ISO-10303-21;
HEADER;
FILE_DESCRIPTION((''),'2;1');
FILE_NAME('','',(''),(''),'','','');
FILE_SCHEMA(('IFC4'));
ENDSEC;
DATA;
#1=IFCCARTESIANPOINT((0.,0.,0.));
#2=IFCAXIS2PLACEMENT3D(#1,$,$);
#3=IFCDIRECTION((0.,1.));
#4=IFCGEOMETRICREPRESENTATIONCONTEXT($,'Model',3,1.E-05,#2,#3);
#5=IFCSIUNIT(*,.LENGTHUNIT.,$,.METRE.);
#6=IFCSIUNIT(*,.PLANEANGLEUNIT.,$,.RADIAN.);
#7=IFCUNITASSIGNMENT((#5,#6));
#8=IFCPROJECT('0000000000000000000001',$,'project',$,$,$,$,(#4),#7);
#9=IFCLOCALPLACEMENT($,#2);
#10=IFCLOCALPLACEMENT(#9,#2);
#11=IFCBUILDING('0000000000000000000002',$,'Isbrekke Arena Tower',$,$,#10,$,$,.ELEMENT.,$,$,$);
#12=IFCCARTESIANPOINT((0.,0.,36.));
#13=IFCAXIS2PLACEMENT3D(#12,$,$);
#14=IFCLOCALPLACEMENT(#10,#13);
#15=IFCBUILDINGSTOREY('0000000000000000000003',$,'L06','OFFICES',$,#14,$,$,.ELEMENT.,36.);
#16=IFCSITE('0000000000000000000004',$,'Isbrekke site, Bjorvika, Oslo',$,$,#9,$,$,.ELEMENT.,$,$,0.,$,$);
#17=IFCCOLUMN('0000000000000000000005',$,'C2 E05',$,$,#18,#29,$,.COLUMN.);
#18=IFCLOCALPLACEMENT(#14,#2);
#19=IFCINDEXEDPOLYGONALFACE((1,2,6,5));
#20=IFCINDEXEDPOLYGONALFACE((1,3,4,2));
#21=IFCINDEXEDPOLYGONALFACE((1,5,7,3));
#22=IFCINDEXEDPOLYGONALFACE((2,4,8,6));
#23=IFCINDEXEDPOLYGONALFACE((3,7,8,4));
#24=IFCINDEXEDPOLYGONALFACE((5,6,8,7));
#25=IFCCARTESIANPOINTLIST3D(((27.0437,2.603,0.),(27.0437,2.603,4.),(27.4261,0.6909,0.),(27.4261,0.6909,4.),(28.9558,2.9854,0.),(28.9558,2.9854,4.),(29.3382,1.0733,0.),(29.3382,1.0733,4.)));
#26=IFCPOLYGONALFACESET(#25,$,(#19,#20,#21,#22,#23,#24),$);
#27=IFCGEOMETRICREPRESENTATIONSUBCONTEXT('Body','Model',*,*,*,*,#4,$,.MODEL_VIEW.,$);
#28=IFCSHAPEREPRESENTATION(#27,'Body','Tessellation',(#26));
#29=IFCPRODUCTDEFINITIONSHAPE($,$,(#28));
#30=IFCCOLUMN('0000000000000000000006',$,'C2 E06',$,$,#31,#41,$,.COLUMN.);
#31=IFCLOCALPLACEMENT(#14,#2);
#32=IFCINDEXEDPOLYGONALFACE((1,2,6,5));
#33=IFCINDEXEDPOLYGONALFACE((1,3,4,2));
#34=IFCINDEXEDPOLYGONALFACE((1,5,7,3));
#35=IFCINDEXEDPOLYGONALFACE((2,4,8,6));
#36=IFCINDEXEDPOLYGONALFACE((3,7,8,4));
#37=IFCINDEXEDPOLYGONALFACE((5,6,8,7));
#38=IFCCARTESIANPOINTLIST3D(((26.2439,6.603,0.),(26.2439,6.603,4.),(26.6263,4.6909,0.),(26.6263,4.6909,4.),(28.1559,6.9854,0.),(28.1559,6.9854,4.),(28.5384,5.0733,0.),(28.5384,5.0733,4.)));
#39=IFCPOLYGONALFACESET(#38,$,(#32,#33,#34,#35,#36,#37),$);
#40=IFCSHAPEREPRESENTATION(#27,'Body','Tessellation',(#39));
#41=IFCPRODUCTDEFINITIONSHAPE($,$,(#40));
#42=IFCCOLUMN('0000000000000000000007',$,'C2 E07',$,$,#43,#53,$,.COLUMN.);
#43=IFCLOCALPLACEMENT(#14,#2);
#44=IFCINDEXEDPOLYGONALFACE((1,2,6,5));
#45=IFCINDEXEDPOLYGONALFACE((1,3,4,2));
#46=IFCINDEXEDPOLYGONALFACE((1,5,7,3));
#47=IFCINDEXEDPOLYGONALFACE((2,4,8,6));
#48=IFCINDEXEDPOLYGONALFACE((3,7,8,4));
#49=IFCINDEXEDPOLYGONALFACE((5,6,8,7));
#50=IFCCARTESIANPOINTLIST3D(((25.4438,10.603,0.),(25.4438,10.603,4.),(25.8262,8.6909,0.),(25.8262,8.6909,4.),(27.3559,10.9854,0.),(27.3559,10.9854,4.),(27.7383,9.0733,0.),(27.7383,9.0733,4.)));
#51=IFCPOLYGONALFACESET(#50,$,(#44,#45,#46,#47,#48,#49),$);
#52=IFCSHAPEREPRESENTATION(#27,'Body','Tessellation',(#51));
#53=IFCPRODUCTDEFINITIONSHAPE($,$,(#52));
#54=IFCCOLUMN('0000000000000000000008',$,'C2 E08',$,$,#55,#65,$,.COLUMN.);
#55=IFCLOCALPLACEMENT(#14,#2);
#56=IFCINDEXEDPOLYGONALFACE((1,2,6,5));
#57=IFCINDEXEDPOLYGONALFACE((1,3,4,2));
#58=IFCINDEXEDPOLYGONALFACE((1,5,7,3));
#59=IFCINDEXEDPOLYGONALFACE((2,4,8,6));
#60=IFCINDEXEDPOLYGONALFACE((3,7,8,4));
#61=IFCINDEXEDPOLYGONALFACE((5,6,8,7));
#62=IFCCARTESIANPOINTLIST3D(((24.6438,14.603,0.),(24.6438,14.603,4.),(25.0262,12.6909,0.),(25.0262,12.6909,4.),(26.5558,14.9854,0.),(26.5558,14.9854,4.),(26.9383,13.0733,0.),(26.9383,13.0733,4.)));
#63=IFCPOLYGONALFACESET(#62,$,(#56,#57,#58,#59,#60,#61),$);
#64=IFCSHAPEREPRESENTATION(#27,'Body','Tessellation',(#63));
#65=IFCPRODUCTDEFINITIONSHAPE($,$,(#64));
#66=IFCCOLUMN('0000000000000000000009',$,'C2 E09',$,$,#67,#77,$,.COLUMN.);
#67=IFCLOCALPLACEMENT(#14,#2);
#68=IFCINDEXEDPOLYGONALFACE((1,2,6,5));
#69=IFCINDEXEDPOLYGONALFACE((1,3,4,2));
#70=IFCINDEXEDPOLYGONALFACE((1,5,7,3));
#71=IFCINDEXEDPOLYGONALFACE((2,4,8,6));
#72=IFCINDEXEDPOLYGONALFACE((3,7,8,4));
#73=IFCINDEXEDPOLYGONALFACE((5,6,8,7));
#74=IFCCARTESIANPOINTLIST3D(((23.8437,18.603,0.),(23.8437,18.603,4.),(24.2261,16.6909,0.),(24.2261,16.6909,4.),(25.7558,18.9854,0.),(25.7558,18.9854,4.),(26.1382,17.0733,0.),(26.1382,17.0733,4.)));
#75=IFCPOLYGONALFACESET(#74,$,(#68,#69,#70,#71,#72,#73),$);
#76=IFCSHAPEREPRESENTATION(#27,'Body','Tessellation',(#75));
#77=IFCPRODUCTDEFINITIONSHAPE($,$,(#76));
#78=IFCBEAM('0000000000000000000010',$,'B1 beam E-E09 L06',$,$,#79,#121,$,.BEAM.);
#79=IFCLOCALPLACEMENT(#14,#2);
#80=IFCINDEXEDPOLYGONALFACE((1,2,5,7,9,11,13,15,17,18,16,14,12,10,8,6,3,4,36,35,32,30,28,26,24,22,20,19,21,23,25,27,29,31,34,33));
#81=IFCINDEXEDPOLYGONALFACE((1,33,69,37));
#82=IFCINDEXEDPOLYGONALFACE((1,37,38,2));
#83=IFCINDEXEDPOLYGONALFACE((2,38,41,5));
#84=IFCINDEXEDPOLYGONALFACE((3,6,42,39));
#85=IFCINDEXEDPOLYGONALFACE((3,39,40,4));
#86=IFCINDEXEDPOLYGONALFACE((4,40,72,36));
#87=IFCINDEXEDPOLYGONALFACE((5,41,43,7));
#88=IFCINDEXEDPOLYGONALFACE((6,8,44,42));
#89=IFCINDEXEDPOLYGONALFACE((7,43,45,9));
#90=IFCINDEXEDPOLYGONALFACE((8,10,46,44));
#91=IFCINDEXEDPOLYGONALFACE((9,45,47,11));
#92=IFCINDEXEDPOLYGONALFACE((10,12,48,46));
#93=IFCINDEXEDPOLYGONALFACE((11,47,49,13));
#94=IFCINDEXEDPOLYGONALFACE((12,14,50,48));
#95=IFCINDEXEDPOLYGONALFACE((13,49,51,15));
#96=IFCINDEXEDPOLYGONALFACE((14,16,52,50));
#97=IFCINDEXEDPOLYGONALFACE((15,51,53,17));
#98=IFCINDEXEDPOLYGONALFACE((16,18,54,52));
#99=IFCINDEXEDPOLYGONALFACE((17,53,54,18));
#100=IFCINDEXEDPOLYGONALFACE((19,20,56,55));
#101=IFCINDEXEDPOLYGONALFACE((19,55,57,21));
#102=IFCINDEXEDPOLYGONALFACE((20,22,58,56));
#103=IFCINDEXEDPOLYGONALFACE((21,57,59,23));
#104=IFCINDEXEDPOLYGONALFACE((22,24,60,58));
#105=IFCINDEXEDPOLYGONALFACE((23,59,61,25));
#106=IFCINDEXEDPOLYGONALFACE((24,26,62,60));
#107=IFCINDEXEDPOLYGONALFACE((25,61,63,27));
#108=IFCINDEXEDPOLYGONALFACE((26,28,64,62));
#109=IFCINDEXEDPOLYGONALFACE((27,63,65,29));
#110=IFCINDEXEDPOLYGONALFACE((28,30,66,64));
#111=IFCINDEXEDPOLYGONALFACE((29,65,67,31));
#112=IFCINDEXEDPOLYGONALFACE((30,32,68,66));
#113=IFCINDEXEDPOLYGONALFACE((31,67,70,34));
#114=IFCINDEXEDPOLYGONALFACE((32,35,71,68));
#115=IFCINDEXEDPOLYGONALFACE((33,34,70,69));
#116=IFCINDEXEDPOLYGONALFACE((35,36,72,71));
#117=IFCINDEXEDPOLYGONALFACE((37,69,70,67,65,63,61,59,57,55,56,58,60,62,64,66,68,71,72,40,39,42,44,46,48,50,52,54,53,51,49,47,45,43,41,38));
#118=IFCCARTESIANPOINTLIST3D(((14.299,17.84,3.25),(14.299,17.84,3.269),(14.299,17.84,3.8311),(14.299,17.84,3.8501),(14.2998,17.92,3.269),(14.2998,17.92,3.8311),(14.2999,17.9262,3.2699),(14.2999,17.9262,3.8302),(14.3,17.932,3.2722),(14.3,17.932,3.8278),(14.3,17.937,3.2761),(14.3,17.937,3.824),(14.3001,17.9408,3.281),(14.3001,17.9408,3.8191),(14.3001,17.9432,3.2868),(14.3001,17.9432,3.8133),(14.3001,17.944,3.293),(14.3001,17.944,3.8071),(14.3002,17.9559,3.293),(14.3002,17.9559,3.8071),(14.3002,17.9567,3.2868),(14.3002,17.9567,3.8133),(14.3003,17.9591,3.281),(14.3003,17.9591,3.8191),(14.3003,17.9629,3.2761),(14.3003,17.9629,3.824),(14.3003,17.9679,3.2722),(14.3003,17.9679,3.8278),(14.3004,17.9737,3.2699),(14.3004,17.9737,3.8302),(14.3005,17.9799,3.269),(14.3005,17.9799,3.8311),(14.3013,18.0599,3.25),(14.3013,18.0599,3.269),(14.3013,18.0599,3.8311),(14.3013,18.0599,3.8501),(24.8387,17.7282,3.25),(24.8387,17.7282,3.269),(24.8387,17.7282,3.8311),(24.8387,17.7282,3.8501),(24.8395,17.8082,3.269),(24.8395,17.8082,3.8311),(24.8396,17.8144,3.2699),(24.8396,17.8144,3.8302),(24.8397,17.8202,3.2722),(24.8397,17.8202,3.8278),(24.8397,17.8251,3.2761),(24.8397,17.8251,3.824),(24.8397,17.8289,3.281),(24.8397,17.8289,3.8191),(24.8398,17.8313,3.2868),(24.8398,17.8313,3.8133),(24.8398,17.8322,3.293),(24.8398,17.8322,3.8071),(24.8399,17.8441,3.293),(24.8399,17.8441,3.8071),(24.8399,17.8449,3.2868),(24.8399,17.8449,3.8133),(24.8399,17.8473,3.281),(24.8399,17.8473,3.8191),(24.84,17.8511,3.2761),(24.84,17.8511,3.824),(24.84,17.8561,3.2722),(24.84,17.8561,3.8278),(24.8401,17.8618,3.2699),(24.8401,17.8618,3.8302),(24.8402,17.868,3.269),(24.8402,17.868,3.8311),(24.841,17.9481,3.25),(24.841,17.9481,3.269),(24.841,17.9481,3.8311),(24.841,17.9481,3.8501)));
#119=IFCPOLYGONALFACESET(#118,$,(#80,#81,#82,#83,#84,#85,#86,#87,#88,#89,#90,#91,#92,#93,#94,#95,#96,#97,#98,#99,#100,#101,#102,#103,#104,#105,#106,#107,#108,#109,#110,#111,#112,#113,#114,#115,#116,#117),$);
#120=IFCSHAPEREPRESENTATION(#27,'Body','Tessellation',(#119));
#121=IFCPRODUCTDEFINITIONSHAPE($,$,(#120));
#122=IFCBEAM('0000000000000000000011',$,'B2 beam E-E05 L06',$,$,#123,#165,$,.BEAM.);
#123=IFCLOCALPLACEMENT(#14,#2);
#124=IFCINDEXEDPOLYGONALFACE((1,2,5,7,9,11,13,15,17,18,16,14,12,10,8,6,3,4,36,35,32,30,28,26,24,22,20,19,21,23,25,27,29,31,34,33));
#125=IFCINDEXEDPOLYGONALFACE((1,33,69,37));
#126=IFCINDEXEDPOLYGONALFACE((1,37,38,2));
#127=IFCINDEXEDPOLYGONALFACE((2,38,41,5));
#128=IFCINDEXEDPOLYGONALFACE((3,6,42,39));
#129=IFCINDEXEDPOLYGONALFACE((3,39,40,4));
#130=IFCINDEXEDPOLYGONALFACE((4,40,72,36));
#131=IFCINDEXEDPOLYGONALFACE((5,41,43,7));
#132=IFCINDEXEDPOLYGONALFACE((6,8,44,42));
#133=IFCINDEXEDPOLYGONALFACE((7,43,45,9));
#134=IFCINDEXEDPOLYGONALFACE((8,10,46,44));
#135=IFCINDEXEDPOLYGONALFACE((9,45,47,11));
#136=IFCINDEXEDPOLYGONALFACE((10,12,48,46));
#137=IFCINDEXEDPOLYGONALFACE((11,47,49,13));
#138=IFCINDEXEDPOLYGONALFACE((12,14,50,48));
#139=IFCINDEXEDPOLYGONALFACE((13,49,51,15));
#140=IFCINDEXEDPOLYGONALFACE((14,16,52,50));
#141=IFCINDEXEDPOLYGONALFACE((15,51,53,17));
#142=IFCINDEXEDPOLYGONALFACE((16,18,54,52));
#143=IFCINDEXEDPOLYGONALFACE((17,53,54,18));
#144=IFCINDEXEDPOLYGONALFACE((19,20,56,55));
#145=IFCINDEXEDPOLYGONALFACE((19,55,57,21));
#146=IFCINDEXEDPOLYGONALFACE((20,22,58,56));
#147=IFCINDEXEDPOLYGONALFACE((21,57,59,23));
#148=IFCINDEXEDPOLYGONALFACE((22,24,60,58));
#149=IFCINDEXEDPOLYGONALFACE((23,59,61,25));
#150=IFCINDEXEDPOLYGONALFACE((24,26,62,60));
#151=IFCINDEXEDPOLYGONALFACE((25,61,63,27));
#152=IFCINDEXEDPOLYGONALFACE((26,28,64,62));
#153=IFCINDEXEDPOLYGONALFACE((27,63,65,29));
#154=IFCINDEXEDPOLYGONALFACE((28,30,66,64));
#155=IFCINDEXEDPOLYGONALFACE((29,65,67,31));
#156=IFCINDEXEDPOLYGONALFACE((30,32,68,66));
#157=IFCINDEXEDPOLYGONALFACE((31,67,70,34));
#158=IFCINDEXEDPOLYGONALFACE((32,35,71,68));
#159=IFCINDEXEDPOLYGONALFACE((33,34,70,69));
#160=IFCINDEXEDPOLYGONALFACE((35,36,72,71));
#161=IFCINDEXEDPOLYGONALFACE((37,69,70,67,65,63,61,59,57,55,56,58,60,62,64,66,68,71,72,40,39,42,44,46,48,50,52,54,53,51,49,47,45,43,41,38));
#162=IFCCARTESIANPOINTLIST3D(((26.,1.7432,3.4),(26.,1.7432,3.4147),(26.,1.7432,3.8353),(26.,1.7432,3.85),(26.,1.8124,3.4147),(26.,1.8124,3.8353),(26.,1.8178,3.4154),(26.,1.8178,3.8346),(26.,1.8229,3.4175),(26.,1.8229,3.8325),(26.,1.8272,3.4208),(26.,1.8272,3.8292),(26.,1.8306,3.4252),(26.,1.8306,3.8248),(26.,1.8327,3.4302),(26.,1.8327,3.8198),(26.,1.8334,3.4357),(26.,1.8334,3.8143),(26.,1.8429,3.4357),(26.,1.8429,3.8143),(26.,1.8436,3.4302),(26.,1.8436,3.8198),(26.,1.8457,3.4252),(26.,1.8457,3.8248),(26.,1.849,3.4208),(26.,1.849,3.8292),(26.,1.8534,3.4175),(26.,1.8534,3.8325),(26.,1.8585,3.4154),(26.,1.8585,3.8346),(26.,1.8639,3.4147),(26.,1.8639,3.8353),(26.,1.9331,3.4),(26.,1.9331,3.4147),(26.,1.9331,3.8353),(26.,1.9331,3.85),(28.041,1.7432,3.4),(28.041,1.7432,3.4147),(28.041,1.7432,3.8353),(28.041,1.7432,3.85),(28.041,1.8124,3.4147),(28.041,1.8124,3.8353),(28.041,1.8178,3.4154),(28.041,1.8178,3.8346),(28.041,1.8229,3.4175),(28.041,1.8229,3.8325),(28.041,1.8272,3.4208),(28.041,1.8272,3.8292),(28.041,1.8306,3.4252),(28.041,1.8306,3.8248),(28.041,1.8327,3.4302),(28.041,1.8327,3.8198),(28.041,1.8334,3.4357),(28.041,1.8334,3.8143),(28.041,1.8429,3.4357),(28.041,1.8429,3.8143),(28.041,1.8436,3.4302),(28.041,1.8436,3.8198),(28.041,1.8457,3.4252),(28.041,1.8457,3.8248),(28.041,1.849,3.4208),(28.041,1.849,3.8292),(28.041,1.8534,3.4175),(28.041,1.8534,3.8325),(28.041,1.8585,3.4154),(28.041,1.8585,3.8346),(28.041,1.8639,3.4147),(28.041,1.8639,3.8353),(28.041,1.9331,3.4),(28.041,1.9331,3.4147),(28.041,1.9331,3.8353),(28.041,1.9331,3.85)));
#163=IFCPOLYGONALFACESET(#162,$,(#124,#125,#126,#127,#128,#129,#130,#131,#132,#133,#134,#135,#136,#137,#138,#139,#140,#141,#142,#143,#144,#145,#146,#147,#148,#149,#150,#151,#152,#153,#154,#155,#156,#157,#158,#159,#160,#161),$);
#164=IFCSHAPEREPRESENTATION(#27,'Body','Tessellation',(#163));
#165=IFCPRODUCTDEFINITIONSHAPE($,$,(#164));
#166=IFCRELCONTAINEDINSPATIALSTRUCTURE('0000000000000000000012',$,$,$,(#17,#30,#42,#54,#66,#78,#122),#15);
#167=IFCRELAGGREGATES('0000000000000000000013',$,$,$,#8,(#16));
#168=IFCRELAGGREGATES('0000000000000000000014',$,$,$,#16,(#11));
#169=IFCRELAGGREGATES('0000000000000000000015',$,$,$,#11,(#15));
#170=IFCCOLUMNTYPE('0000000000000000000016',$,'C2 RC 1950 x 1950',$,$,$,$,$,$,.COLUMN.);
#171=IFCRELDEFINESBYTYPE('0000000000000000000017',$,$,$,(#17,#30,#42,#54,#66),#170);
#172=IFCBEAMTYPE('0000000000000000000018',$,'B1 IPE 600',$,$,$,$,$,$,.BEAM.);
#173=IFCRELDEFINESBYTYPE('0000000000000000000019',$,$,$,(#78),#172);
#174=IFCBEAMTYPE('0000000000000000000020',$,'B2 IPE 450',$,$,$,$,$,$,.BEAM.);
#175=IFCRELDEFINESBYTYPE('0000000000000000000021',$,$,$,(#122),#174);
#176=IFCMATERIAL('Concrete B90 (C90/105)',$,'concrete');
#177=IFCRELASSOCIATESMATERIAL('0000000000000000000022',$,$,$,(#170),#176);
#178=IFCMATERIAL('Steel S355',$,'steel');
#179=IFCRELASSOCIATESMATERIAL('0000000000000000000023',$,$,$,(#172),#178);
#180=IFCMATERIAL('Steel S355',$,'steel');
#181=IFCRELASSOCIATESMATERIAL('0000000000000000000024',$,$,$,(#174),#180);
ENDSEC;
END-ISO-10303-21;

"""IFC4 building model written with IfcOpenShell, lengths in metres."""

from ifc_helpers import new_model, si_unit, direction, frame, origin, origin_2d, place, context, subcontext, project, spatial, rectangle, i_section, extrude, material, material_profile, profile_set, type_object, element, save


model = new_model("IFC4")

# Units and contexts
model_context = context("Model", 3, precision=1e-05, world=origin(), true_north=direction((0.0, 1.0)))
body_context = subcontext(model_context, "Body", "Model", "MODEL_VIEW")
ifc_project = project(units=[si_unit("LENGTHUNIT", "METRE"), si_unit("PLANEANGLEUNIT", "RADIAN")], contexts=[model_context])

# Site, building, storey
site_placement = place(None, origin())
site = spatial("IfcSite", under=ifc_project, at=site_placement, Name="Isbrekke site, Bjorvika, Oslo", CompositionType="ELEMENT", RefElevation=0.0)
building_placement = place(site_placement, origin())
building = spatial("IfcBuilding", under=site, at=building_placement, Name="Isbrekke Arena Tower", CompositionType="ELEMENT")
storey_placement = place(building_placement, frame((0.0, 0.0, 36.0)))
storey = spatial("IfcBuildingStorey", under=building, at=storey_placement, Name="L06", Description="OFFICES", CompositionType="ELEMENT", Elevation=36.0)

# Columns
ifc_material_1 = material(Name="Concrete B90 (C90/105)", Category="concrete")
ifc_material_profile_1 = material_profile(ifc_material_1, rectangle(XDim=1.95, YDim=1.95, at=origin_2d()), Name="RC 1950x1950")
ifc_profile_set_1 = profile_set([ifc_material_profile_1], Name="Concrete B90 (C90/105)")
column_type = type_object("IfcColumnType", Name="C2 RC 1950 x 1950", PredefinedType="COLUMN", material=ifc_profile_set_1)
for number, where, z_axis, x_axis, name in (
    (1, (28.1909, 1.8381, 0.0), (0.0, 0.0, 1.0), (-0.196116, 0.980581, 0.0), "C2 E05"),
    (2, (27.3911, 5.8381, 0.0), (0.0, 0.0, 1.0), (-0.196116, 0.980581, 0.0), "C2 E06"),
    (3, (26.5911, 9.8381, 0.0), (0.0, 0.0, 1.0), (-0.196116, 0.980581, 0.0), "C2 E07"),
    (4, (25.791, 13.8381, 0.0), (0.0, 0.0, 1.0), (-0.196116, 0.980581, 0.0), "C2 E08"),
    (5, (24.991, 17.8381, 0.0), (0.0, 0.0, 1.0), (-0.196116, 0.980581, 0.0), "C2 E09"),
):
    element("IfcColumn", number, at=place(storey_placement, frame(where, z_axis=z_axis, x_axis=x_axis)), inside=storey, type_object=column_type, Name=name, PredefinedType="COLUMN", context=body_context, shape_type="SweptSolid", body=[
        extrude(rectangle(XDim=1.95, YDim=1.95, at=origin_2d()), origin(), (0.0, 0.0, 1.0), 4.0),
    ])

# Beams
ifc_material_2 = material(Name="Steel S355", Category="steel")
ifc_material_profile_2 = material_profile(ifc_material_2, i_section(OverallWidth=0.22, OverallDepth=0.6001, WebThickness=0.012, FlangeThickness=0.019, FilletRadius=0.0239, at=origin_2d()), Name="IPE 600")
ifc_profile_set_2 = profile_set([ifc_material_profile_2], Name="Steel S355")
beam_type_1 = type_object("IfcBeamType", Name="B1 IPE 600", PredefinedType="BEAM", material=ifc_profile_set_2)
beam_1_placement = place(storey_placement, frame((24.8398, 17.8381, 3.55), z_axis=(-0.999944, 0.010608, 0.0), x_axis=(-0.010608, -0.999944, 0.0)))
element("IfcBeam", 6, at=beam_1_placement, inside=storey, type_object=beam_type_1, Name="B1 beam E-E09 L06", PredefinedType="BEAM", context=body_context, shape_type="SweptSolid", body=[
    extrude(i_section(OverallWidth=0.22, OverallDepth=0.6001, WebThickness=0.012, FlangeThickness=0.019, FilletRadius=0.0239, at=origin_2d()), origin(), (0.0, 0.0, 1.0), 10.5403),
])
ifc_material_3 = material(Name="Steel S355", Category="steel")
ifc_material_profile_3 = material_profile(ifc_material_3, i_section(OverallWidth=0.1899, OverallDepth=0.45, WebThickness=0.0095, FlangeThickness=0.0146, FilletRadius=0.021, at=origin_2d()), Name="IPE 450")
ifc_profile_set_3 = profile_set([ifc_material_profile_3], Name="Steel S355")
beam_type_2 = type_object("IfcBeamType", Name="B2 IPE 450", PredefinedType="BEAM", material=ifc_profile_set_3)
beam_2_placement = place(storey_placement, frame((28.041, 1.8381, 3.625), z_axis=(-1.0, 0.0, 0.0), x_axis=(0.0, -1.0, 0.0)))
element("IfcBeam", 7, at=beam_2_placement, inside=storey, type_object=beam_type_2, Name="B2 beam E-E05 L06", PredefinedType="BEAM", context=body_context, shape_type="SweptSolid", body=[
    extrude(i_section(OverallWidth=0.1899, OverallDepth=0.45, WebThickness=0.0095, FlangeThickness=0.0146, FilletRadius=0.021, at=origin_2d()), origin(), (0.0, 0.0, 1.0), 2.041),
])

save(model, "model.ifc")
